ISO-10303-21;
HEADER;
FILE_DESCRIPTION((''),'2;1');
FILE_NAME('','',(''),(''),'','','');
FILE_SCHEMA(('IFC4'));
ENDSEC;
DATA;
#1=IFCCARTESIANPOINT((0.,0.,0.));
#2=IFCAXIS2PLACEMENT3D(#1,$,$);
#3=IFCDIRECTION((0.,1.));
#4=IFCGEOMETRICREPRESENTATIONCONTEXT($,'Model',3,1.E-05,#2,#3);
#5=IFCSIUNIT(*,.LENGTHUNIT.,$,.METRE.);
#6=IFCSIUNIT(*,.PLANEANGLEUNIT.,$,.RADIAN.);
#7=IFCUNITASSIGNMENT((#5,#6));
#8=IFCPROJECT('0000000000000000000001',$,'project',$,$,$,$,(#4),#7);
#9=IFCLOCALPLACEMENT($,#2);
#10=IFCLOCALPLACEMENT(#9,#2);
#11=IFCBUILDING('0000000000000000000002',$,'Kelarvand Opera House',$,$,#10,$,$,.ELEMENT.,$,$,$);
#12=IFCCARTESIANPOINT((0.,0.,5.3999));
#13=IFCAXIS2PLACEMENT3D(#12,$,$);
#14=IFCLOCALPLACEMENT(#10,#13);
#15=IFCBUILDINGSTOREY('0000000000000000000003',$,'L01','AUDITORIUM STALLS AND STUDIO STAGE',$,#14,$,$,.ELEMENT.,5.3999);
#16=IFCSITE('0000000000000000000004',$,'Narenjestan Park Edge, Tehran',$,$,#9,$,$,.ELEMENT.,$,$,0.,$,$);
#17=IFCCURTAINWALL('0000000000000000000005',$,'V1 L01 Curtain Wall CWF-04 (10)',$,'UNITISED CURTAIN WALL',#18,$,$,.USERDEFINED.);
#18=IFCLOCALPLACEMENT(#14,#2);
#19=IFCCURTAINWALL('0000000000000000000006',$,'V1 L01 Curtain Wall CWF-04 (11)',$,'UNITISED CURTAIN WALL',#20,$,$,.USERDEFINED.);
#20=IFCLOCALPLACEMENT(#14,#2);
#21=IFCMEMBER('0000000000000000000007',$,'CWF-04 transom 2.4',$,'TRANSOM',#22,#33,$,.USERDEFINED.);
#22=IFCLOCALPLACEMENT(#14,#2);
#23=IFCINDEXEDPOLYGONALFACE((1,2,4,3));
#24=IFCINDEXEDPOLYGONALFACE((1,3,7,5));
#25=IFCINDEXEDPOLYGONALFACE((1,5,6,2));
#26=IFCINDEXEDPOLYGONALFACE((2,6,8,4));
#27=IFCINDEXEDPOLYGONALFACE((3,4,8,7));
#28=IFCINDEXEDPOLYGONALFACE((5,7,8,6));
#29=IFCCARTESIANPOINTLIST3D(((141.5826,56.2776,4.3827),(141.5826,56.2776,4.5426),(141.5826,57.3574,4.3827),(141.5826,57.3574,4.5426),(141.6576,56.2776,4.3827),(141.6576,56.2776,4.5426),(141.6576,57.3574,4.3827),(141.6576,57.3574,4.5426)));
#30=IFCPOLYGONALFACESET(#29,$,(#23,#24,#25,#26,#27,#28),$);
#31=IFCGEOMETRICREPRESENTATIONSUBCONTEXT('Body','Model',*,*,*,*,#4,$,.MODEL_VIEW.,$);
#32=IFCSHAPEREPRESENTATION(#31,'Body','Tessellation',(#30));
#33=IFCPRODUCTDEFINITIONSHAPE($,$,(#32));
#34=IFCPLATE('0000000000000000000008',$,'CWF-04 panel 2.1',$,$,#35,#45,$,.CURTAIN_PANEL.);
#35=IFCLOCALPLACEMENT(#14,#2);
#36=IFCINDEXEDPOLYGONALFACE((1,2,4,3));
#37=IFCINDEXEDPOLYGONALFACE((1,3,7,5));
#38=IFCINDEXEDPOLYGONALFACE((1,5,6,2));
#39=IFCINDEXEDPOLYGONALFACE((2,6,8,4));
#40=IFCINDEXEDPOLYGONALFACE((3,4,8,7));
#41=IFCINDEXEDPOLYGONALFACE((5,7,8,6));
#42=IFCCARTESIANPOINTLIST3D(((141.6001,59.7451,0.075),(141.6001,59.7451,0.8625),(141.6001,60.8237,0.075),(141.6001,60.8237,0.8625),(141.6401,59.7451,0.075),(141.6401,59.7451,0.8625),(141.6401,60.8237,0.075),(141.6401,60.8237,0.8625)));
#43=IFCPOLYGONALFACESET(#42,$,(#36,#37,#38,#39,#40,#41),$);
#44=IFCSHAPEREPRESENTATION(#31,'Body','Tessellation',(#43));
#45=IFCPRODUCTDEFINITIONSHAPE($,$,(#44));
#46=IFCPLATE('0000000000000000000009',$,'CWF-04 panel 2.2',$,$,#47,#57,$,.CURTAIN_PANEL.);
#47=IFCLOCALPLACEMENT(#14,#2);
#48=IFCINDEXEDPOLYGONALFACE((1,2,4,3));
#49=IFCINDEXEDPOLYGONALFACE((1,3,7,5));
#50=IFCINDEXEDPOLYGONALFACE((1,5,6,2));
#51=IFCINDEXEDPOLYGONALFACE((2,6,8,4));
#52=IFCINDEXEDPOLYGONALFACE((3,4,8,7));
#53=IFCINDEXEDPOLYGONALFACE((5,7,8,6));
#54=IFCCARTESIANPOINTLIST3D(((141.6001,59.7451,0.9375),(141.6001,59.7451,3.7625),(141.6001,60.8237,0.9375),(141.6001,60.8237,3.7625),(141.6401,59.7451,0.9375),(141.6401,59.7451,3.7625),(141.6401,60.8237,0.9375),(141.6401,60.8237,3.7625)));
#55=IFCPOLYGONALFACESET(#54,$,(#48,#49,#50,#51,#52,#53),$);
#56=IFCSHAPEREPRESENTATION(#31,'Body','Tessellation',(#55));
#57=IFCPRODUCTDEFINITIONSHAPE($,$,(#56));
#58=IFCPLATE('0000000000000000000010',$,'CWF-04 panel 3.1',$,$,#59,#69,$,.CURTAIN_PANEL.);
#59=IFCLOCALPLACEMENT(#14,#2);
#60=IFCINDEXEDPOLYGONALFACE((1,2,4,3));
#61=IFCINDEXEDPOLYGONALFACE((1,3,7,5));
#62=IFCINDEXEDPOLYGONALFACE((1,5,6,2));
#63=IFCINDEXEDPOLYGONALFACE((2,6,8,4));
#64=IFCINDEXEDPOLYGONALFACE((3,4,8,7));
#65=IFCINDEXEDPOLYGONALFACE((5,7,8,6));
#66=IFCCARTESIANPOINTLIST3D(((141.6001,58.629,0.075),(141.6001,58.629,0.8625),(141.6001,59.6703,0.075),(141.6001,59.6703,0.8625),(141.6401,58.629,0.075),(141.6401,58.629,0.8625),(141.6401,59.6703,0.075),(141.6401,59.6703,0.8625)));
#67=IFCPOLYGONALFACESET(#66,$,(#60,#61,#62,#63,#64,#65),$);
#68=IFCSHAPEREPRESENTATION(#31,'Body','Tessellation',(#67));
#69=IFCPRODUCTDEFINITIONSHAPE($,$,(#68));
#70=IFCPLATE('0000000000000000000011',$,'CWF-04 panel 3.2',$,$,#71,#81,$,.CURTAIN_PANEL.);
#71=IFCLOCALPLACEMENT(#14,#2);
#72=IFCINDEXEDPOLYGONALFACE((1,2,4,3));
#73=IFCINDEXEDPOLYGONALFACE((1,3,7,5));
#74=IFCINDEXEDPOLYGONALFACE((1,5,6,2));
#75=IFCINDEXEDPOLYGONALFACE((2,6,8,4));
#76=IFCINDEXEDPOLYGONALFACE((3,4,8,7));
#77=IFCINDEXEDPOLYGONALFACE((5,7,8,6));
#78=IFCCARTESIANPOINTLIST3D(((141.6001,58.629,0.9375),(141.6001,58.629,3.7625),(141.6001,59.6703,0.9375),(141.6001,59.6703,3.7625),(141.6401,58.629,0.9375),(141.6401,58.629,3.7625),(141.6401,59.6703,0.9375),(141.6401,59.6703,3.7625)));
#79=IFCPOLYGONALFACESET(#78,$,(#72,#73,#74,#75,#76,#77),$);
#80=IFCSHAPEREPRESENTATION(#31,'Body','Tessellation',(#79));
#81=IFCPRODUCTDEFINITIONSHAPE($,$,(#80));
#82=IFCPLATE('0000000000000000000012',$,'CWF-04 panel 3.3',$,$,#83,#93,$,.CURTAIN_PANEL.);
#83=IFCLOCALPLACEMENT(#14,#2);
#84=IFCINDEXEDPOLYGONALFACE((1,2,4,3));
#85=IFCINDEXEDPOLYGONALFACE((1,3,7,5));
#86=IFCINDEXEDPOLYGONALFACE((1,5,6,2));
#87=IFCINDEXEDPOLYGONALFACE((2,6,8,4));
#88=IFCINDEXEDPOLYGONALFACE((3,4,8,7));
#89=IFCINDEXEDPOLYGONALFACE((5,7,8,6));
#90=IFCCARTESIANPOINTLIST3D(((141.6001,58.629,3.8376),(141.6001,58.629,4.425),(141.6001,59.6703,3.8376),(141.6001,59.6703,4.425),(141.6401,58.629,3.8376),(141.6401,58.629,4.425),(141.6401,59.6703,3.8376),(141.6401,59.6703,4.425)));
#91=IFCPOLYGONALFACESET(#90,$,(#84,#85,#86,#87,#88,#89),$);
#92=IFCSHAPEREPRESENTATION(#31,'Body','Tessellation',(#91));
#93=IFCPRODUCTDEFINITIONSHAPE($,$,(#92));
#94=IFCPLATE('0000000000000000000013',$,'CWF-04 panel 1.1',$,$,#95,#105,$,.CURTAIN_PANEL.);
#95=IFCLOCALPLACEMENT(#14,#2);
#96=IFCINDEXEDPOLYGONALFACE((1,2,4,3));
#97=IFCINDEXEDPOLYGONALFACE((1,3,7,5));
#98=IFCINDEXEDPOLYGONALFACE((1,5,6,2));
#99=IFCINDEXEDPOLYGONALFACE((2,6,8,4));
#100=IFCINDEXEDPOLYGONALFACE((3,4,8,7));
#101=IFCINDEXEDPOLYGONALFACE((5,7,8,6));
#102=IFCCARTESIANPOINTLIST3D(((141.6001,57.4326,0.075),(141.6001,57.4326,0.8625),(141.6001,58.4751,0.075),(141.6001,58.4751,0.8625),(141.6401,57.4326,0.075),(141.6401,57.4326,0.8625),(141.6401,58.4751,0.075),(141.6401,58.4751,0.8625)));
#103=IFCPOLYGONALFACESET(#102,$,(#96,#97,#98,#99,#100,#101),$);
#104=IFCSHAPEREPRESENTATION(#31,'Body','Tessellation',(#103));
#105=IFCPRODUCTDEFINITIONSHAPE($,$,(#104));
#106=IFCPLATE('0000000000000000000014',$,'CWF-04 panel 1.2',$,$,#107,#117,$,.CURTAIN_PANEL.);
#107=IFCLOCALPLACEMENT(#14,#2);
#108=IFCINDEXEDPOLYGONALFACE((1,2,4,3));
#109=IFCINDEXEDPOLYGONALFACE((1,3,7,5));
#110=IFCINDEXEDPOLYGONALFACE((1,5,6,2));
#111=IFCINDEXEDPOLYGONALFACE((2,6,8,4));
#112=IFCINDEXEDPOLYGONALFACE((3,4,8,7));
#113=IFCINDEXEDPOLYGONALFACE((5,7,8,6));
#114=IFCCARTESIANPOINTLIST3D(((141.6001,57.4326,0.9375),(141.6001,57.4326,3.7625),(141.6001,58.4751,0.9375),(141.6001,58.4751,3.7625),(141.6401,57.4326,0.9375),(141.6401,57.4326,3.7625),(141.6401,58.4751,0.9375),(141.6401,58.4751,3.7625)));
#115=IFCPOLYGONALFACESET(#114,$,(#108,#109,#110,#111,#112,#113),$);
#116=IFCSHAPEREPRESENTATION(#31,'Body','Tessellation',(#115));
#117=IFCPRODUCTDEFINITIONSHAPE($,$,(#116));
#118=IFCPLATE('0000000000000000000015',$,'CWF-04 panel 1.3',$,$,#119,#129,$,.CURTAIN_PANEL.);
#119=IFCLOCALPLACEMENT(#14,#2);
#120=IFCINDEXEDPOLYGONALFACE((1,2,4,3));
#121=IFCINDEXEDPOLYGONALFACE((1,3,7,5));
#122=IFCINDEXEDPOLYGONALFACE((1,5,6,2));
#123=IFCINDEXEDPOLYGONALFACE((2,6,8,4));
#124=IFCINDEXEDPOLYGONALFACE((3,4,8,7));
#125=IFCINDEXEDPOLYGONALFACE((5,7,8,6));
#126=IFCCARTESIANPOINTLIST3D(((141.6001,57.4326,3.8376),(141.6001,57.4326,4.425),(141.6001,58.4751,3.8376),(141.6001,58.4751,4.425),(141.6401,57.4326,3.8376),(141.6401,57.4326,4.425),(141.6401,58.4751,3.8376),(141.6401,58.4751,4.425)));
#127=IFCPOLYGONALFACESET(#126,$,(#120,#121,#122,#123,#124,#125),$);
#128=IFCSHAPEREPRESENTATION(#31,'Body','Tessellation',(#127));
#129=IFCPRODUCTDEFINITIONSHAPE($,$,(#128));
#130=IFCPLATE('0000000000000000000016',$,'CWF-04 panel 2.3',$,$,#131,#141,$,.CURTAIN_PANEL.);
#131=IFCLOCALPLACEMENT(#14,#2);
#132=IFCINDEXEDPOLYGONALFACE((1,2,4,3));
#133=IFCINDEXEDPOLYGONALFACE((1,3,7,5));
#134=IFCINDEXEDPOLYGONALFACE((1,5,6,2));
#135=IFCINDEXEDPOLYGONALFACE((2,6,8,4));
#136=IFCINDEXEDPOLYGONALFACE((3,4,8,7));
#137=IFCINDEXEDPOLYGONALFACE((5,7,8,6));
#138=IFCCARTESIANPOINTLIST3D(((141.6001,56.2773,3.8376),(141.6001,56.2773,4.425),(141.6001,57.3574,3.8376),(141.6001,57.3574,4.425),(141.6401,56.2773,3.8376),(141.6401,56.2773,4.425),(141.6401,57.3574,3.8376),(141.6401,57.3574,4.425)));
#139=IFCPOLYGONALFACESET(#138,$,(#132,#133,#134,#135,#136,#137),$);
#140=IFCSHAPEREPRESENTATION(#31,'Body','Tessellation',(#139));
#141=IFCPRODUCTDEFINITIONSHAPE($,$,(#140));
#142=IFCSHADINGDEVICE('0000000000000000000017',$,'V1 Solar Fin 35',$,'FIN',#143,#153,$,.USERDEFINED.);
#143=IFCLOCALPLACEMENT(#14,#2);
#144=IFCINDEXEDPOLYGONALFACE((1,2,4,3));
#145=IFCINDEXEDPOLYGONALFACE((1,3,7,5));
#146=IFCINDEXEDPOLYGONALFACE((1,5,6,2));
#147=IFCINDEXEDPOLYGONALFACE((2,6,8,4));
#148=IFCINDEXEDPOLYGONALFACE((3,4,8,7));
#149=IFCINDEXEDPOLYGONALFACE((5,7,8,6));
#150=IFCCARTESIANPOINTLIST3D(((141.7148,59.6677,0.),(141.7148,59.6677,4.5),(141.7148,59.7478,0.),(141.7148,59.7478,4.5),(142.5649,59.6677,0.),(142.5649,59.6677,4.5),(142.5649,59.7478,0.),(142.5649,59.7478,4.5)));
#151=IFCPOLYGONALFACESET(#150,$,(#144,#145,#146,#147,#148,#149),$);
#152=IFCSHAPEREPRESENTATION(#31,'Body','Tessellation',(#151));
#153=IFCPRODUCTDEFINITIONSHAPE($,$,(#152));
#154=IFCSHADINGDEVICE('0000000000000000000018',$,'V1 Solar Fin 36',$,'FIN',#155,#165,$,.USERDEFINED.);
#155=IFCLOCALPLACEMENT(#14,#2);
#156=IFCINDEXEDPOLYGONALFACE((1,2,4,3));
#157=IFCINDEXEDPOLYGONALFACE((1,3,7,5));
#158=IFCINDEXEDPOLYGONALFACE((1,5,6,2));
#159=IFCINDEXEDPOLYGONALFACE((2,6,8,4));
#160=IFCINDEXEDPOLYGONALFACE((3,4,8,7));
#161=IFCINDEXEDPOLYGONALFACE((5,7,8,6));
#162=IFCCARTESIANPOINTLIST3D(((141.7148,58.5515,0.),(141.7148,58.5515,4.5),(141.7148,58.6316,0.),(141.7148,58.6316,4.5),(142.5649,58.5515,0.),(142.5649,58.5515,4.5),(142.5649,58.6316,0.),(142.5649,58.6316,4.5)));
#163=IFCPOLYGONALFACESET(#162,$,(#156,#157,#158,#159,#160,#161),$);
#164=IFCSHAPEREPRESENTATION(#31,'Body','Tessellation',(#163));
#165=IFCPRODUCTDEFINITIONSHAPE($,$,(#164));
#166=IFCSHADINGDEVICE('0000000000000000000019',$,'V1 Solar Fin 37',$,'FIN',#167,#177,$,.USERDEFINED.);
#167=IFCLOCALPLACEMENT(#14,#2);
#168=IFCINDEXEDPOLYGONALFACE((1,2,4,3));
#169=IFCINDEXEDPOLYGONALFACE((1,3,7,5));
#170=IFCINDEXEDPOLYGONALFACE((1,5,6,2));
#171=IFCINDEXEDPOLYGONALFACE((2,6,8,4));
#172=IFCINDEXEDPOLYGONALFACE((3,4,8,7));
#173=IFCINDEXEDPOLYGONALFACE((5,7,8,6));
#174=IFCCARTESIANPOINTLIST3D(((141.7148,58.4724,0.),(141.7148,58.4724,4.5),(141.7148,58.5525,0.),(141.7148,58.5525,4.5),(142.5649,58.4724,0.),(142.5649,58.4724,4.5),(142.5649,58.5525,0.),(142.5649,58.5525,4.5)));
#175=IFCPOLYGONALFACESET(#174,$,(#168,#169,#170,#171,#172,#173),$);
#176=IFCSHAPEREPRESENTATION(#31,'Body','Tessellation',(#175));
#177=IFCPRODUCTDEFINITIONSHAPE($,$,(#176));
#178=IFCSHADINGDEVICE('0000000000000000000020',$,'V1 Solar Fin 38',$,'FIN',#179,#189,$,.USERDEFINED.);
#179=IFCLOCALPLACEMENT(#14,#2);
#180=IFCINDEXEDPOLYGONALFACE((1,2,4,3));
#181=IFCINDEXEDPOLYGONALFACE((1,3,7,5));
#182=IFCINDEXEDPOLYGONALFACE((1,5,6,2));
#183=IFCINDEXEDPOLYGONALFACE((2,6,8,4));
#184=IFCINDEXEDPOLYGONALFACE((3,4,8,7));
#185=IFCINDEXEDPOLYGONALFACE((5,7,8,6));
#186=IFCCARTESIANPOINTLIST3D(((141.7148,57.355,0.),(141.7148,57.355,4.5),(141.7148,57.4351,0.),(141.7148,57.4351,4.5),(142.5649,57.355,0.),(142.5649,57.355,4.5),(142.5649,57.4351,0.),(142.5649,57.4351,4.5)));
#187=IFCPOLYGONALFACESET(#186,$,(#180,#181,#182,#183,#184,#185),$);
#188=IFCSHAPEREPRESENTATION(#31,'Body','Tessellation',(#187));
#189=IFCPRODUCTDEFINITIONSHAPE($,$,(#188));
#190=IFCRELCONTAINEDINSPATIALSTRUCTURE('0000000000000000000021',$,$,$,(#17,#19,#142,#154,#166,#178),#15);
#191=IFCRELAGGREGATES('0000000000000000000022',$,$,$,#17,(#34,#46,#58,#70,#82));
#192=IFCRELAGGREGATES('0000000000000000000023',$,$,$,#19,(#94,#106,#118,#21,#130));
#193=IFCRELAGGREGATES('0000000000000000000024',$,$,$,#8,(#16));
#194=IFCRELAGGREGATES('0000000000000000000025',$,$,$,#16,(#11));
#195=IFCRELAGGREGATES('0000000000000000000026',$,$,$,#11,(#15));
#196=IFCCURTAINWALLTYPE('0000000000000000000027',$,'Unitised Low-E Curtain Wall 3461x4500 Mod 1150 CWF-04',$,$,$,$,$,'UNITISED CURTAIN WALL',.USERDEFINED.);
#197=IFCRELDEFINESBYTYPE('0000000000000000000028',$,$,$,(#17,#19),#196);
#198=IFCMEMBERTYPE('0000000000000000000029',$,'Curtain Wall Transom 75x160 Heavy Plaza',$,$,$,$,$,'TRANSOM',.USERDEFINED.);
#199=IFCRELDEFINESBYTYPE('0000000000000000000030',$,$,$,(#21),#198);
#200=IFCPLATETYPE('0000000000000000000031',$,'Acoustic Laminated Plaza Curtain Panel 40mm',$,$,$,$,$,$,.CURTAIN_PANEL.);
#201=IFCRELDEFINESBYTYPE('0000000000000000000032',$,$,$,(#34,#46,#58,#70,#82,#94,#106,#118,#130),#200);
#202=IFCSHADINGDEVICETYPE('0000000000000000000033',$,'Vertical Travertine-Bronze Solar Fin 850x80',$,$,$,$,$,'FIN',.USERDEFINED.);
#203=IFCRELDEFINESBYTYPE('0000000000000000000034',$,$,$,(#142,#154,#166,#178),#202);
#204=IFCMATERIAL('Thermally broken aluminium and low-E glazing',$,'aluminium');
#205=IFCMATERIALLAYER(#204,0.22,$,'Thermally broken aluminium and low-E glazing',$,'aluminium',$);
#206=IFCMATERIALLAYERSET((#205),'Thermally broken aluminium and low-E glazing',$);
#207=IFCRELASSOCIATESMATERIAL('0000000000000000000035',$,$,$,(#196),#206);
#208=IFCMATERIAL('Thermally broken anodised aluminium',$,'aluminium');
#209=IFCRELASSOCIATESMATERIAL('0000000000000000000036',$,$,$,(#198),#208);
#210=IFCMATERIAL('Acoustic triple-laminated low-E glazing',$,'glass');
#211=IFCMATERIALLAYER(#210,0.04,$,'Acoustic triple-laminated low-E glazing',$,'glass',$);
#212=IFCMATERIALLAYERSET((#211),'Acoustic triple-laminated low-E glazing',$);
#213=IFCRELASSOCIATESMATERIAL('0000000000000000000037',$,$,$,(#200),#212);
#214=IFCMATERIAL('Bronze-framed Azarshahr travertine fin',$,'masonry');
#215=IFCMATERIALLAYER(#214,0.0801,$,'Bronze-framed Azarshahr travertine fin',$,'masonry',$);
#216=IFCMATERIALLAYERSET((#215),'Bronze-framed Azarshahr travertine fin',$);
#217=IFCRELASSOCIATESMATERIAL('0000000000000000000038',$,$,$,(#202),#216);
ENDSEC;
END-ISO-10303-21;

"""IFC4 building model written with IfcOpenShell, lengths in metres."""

from ifc_helpers import new_model, si_unit, direction, frame, origin, origin_2d, place, context, subcontext, project, spatial, rectangle, extrude, material, layer, layer_set, material_profile, profile_set, type_object, element, aggregate, save


model = new_model("IFC4")

# Units and contexts
model_context = context("Model", 3, precision=1e-05, world=origin(), true_north=direction((0.0, 1.0)))
body_context = subcontext(model_context, "Body", "Model", "MODEL_VIEW")
ifc_project = project(units=[si_unit("LENGTHUNIT", "METRE"), si_unit("PLANEANGLEUNIT", "RADIAN")], contexts=[model_context])

# Site, building, storey
site_placement = place(None, origin())
site = spatial("IfcSite", under=ifc_project, at=site_placement, Name="Narenjestan Park Edge, Tehran", CompositionType="ELEMENT", RefElevation=0.0)
building_placement = place(site_placement, origin())
building = spatial("IfcBuilding", under=site, at=building_placement, Name="Kelarvand Opera House", CompositionType="ELEMENT")
storey_placement = place(building_placement, frame((0.0, 0.0, 5.3999)))
storey = spatial("IfcBuildingStorey", under=building, at=storey_placement, Name="L01", Description="AUDITORIUM STALLS AND STUDIO STAGE", CompositionType="ELEMENT", Elevation=5.3999)

# Curtain walls
ifc_material_1 = material(Name="Thermally broken aluminium and low-E glazing", Category="aluminium")
ifc_layer_1 = layer(ifc_material_1, 0.22, Name="Thermally broken aluminium and low-E glazing", Category="aluminium")
ifc_layer_set_1 = layer_set([ifc_layer_1], Name="Thermally broken aluminium and low-E glazing")
curtain_wall_type = type_object("IfcCurtainWallType", Name="Unitised Low-E Curtain Wall 3461x4500 Mod 1150 CWF-04", ElementType="UNITISED CURTAIN WALL", PredefinedType="USERDEFINED", material=ifc_layer_set_1)
curtain_wall_1_placement = place(storey_placement, origin())
curtain_wall_1 = element("IfcCurtainWall", 1, at=curtain_wall_1_placement, inside=storey, type_object=curtain_wall_type, Name="V1 L01 Curtain Wall CWF-04 (10)", ObjectType="UNITISED CURTAIN WALL", PredefinedType="USERDEFINED")
ifc_material_2 = material(Name="Thermally broken anodised aluminium", Category="aluminium")
curtain_wall_2_placement = place(storey_placement, origin())
curtain_wall_2 = element("IfcCurtainWall", 2, at=curtain_wall_2_placement, inside=storey, type_object=curtain_wall_type, Name="V1 L01 Curtain Wall CWF-04 (11)", ObjectType="UNITISED CURTAIN WALL", PredefinedType="USERDEFINED")

# Member
ifc_material_profile_1 = material_profile(ifc_material_2, rectangle(XDim=0.075, YDim=0.1599, at=origin_2d()), Name="ALU TRANSOM 75x160", Category="aluminium")
ifc_profile_set_1 = profile_set([ifc_material_profile_1], Name="Thermally broken anodised aluminium")
member_type_1 = type_object("IfcMemberType", Name="Curtain Wall Transom 75x160 Heavy Plaza", ElementType="TRANSOM", PredefinedType="USERDEFINED", material=ifc_profile_set_1)
member_1_placement = place(storey_placement, frame((141.6201, 57.3574, 4.4626), z_axis=(0.0, -1.0, 0.0), x_axis=(1.0, 0.0, 0.0)))
member_1 = element("IfcMember", 3, at=member_1_placement, type_object=member_type_1, Name="CWF-04 transom 2.4", ObjectType="TRANSOM", PredefinedType="USERDEFINED", context=body_context, shape_type="SweptSolid", body=[
    extrude(rectangle(XDim=0.075, YDim=0.1599, at=origin_2d()), origin(), (0.0, 0.0, 1.0), 1.0798),
])

# Plates
ifc_material_3 = material(Name="Acoustic triple-laminated low-E glazing", Category="glass")
ifc_layer_2 = layer(ifc_material_3, 0.04, Name="Acoustic triple-laminated low-E glazing", Category="glass")
ifc_layer_set_2 = layer_set([ifc_layer_2], Name="Acoustic triple-laminated low-E glazing")
plate_type = type_object("IfcPlateType", Name="Acoustic Laminated Plaza Curtain Panel 40mm", PredefinedType="CURTAIN_PANEL", material=ifc_layer_set_2)
plate_1_placement = place(storey_placement, frame((141.6201, 60.2844, 0.075), z_axis=(0.0, 0.0, 1.0), x_axis=(0.0, -1.0, 0.0)))
plate_1 = element("IfcPlate", 4, at=plate_1_placement, type_object=plate_type, Name="CWF-04 panel 2.1", PredefinedType="CURTAIN_PANEL", context=body_context, shape_type="SweptSolid", body=[
    extrude(rectangle(XDim=1.0786, YDim=0.04, at=origin_2d()), origin(), (0.0, 0.0, 1.0), 0.7876),
])
plate_2_placement = place(storey_placement, frame((141.6201, 60.2844, 0.9375), z_axis=(0.0, 0.0, 1.0), x_axis=(0.0, -1.0, 0.0)))
plate_2 = element("IfcPlate", 5, at=plate_2_placement, type_object=plate_type, Name="CWF-04 panel 2.2", PredefinedType="CURTAIN_PANEL", context=body_context, shape_type="SweptSolid", body=[
    extrude(rectangle(XDim=1.0786, YDim=0.04, at=origin_2d()), origin(), (0.0, 0.0, 1.0), 2.825),
])
plate_3_placement = place(storey_placement, frame((141.6201, 59.1497, 0.075), z_axis=(0.0, 0.0, 1.0), x_axis=(0.0, -1.0, 0.0)))
plate_3 = element("IfcPlate", 6, at=plate_3_placement, type_object=plate_type, Name="CWF-04 panel 3.1", PredefinedType="CURTAIN_PANEL", context=body_context, shape_type="SweptSolid", body=[
    extrude(rectangle(XDim=1.0413, YDim=0.04, at=origin_2d()), origin(), (0.0, 0.0, 1.0), 0.7876),
])
plate_4_placement = place(storey_placement, frame((141.6201, 59.1497, 0.9375), z_axis=(0.0, 0.0, 1.0), x_axis=(0.0, -1.0, 0.0)))
plate_4 = element("IfcPlate", 7, at=plate_4_placement, type_object=plate_type, Name="CWF-04 panel 3.2", PredefinedType="CURTAIN_PANEL", context=body_context, shape_type="SweptSolid", body=[
    extrude(rectangle(XDim=1.0413, YDim=0.04, at=origin_2d()), origin(), (0.0, 0.0, 1.0), 2.825),
])
plate_5_placement = place(storey_placement, frame((141.6201, 59.1497, 3.8376), z_axis=(0.0, 0.0, 1.0), x_axis=(0.0, -1.0, 0.0)))
plate_5 = element("IfcPlate", 8, at=plate_5_placement, type_object=plate_type, Name="CWF-04 panel 3.3", PredefinedType="CURTAIN_PANEL", context=body_context, shape_type="SweptSolid", body=[
    extrude(rectangle(XDim=1.0413, YDim=0.04, at=origin_2d()), origin(), (0.0, 0.0, 1.0), 0.5874),
])
aggregate(curtain_wall_1, [plate_1, plate_2, plate_3, plate_4, plate_5])
plate_6_placement = place(storey_placement, frame((141.6201, 57.9539, 0.075), z_axis=(0.0, 0.0, 1.0), x_axis=(0.0, -1.0, 0.0)))
plate_6 = element("IfcPlate", 9, at=plate_6_placement, type_object=plate_type, Name="CWF-04 panel 1.1", PredefinedType="CURTAIN_PANEL", context=body_context, shape_type="SweptSolid", body=[
    extrude(rectangle(XDim=1.0425, YDim=0.04, at=origin_2d()), origin(), (0.0, 0.0, 1.0), 0.7876),
])
plate_7_placement = place(storey_placement, frame((141.6201, 57.9539, 0.9375), z_axis=(0.0, 0.0, 1.0), x_axis=(0.0, -1.0, 0.0)))
plate_7 = element("IfcPlate", 10, at=plate_7_placement, type_object=plate_type, Name="CWF-04 panel 1.2", PredefinedType="CURTAIN_PANEL", context=body_context, shape_type="SweptSolid", body=[
    extrude(rectangle(XDim=1.0425, YDim=0.04, at=origin_2d()), origin(), (0.0, 0.0, 1.0), 2.825),
])
plate_8_placement = place(storey_placement, frame((141.6201, 57.9539, 3.8376), z_axis=(0.0, 0.0, 1.0), x_axis=(0.0, -1.0, 0.0)))
plate_8 = element("IfcPlate", 11, at=plate_8_placement, type_object=plate_type, Name="CWF-04 panel 1.3", PredefinedType="CURTAIN_PANEL", context=body_context, shape_type="SweptSolid", body=[
    extrude(rectangle(XDim=1.0425, YDim=0.04, at=origin_2d()), origin(), (0.0, 0.0, 1.0), 0.5874),
])
plate_9_placement = place(storey_placement, frame((141.6201, 56.8174, 3.8376), z_axis=(0.0, 0.0, 1.0), x_axis=(0.0, -1.0, 0.0)))
plate_9 = element("IfcPlate", 12, at=plate_9_placement, type_object=plate_type, Name="CWF-04 panel 2.3", PredefinedType="CURTAIN_PANEL", context=body_context, shape_type="SweptSolid", body=[
    extrude(rectangle(XDim=1.0801, YDim=0.04, at=origin_2d()), origin(), (0.0, 0.0, 1.0), 0.5874),
])
aggregate(curtain_wall_2, [plate_6, plate_7, plate_8, member_1, plate_9])

# Shading devices
ifc_material_4 = material(Name="Bronze-framed Azarshahr travertine fin", Category="masonry")
ifc_layer_3 = layer(ifc_material_4, 0.0801, Name="Bronze-framed Azarshahr travertine fin", Category="masonry")
ifc_layer_set_3 = layer_set([ifc_layer_3], Name="Bronze-framed Azarshahr travertine fin")
shading_device_type = type_object("IfcShadingDeviceType", Name="Vertical Travertine-Bronze Solar Fin 850x80", ElementType="FIN", PredefinedType="USERDEFINED", material=ifc_layer_set_3)
for number, where, z_axis, x_axis, name in (
    (13, (142.1399, 59.7078, 0.0), (0.0, 0.0, 1.0), (1.0, 0.0, 0.0), "V1 Solar Fin 35"),
    (14, (142.1399, 58.5916, 0.0), (0.0, 0.0, 1.0), (1.0, 0.0, 0.0), "V1 Solar Fin 36"),
    (15, (142.1399, 58.5125, 0.0), (0.0, 0.0, 1.0), (1.0, 0.0, 0.0), "V1 Solar Fin 37"),
    (16, (142.1399, 57.395, 0.0), (0.0, 0.0, 1.0), (1.0, 0.0, 0.0), "V1 Solar Fin 38"),
):
    element("IfcShadingDevice", number, at=place(storey_placement, frame(where, z_axis=z_axis, x_axis=x_axis)), inside=storey, type_object=shading_device_type, Name=name, ObjectType="FIN", PredefinedType="USERDEFINED", context=body_context, shape_type="SweptSolid", body=[
        extrude(rectangle(XDim=0.8501, YDim=0.0801, at=origin_2d()), origin(), (0.0, 0.0, 1.0), 4.5),
    ])

save(model, "model.ifc")
